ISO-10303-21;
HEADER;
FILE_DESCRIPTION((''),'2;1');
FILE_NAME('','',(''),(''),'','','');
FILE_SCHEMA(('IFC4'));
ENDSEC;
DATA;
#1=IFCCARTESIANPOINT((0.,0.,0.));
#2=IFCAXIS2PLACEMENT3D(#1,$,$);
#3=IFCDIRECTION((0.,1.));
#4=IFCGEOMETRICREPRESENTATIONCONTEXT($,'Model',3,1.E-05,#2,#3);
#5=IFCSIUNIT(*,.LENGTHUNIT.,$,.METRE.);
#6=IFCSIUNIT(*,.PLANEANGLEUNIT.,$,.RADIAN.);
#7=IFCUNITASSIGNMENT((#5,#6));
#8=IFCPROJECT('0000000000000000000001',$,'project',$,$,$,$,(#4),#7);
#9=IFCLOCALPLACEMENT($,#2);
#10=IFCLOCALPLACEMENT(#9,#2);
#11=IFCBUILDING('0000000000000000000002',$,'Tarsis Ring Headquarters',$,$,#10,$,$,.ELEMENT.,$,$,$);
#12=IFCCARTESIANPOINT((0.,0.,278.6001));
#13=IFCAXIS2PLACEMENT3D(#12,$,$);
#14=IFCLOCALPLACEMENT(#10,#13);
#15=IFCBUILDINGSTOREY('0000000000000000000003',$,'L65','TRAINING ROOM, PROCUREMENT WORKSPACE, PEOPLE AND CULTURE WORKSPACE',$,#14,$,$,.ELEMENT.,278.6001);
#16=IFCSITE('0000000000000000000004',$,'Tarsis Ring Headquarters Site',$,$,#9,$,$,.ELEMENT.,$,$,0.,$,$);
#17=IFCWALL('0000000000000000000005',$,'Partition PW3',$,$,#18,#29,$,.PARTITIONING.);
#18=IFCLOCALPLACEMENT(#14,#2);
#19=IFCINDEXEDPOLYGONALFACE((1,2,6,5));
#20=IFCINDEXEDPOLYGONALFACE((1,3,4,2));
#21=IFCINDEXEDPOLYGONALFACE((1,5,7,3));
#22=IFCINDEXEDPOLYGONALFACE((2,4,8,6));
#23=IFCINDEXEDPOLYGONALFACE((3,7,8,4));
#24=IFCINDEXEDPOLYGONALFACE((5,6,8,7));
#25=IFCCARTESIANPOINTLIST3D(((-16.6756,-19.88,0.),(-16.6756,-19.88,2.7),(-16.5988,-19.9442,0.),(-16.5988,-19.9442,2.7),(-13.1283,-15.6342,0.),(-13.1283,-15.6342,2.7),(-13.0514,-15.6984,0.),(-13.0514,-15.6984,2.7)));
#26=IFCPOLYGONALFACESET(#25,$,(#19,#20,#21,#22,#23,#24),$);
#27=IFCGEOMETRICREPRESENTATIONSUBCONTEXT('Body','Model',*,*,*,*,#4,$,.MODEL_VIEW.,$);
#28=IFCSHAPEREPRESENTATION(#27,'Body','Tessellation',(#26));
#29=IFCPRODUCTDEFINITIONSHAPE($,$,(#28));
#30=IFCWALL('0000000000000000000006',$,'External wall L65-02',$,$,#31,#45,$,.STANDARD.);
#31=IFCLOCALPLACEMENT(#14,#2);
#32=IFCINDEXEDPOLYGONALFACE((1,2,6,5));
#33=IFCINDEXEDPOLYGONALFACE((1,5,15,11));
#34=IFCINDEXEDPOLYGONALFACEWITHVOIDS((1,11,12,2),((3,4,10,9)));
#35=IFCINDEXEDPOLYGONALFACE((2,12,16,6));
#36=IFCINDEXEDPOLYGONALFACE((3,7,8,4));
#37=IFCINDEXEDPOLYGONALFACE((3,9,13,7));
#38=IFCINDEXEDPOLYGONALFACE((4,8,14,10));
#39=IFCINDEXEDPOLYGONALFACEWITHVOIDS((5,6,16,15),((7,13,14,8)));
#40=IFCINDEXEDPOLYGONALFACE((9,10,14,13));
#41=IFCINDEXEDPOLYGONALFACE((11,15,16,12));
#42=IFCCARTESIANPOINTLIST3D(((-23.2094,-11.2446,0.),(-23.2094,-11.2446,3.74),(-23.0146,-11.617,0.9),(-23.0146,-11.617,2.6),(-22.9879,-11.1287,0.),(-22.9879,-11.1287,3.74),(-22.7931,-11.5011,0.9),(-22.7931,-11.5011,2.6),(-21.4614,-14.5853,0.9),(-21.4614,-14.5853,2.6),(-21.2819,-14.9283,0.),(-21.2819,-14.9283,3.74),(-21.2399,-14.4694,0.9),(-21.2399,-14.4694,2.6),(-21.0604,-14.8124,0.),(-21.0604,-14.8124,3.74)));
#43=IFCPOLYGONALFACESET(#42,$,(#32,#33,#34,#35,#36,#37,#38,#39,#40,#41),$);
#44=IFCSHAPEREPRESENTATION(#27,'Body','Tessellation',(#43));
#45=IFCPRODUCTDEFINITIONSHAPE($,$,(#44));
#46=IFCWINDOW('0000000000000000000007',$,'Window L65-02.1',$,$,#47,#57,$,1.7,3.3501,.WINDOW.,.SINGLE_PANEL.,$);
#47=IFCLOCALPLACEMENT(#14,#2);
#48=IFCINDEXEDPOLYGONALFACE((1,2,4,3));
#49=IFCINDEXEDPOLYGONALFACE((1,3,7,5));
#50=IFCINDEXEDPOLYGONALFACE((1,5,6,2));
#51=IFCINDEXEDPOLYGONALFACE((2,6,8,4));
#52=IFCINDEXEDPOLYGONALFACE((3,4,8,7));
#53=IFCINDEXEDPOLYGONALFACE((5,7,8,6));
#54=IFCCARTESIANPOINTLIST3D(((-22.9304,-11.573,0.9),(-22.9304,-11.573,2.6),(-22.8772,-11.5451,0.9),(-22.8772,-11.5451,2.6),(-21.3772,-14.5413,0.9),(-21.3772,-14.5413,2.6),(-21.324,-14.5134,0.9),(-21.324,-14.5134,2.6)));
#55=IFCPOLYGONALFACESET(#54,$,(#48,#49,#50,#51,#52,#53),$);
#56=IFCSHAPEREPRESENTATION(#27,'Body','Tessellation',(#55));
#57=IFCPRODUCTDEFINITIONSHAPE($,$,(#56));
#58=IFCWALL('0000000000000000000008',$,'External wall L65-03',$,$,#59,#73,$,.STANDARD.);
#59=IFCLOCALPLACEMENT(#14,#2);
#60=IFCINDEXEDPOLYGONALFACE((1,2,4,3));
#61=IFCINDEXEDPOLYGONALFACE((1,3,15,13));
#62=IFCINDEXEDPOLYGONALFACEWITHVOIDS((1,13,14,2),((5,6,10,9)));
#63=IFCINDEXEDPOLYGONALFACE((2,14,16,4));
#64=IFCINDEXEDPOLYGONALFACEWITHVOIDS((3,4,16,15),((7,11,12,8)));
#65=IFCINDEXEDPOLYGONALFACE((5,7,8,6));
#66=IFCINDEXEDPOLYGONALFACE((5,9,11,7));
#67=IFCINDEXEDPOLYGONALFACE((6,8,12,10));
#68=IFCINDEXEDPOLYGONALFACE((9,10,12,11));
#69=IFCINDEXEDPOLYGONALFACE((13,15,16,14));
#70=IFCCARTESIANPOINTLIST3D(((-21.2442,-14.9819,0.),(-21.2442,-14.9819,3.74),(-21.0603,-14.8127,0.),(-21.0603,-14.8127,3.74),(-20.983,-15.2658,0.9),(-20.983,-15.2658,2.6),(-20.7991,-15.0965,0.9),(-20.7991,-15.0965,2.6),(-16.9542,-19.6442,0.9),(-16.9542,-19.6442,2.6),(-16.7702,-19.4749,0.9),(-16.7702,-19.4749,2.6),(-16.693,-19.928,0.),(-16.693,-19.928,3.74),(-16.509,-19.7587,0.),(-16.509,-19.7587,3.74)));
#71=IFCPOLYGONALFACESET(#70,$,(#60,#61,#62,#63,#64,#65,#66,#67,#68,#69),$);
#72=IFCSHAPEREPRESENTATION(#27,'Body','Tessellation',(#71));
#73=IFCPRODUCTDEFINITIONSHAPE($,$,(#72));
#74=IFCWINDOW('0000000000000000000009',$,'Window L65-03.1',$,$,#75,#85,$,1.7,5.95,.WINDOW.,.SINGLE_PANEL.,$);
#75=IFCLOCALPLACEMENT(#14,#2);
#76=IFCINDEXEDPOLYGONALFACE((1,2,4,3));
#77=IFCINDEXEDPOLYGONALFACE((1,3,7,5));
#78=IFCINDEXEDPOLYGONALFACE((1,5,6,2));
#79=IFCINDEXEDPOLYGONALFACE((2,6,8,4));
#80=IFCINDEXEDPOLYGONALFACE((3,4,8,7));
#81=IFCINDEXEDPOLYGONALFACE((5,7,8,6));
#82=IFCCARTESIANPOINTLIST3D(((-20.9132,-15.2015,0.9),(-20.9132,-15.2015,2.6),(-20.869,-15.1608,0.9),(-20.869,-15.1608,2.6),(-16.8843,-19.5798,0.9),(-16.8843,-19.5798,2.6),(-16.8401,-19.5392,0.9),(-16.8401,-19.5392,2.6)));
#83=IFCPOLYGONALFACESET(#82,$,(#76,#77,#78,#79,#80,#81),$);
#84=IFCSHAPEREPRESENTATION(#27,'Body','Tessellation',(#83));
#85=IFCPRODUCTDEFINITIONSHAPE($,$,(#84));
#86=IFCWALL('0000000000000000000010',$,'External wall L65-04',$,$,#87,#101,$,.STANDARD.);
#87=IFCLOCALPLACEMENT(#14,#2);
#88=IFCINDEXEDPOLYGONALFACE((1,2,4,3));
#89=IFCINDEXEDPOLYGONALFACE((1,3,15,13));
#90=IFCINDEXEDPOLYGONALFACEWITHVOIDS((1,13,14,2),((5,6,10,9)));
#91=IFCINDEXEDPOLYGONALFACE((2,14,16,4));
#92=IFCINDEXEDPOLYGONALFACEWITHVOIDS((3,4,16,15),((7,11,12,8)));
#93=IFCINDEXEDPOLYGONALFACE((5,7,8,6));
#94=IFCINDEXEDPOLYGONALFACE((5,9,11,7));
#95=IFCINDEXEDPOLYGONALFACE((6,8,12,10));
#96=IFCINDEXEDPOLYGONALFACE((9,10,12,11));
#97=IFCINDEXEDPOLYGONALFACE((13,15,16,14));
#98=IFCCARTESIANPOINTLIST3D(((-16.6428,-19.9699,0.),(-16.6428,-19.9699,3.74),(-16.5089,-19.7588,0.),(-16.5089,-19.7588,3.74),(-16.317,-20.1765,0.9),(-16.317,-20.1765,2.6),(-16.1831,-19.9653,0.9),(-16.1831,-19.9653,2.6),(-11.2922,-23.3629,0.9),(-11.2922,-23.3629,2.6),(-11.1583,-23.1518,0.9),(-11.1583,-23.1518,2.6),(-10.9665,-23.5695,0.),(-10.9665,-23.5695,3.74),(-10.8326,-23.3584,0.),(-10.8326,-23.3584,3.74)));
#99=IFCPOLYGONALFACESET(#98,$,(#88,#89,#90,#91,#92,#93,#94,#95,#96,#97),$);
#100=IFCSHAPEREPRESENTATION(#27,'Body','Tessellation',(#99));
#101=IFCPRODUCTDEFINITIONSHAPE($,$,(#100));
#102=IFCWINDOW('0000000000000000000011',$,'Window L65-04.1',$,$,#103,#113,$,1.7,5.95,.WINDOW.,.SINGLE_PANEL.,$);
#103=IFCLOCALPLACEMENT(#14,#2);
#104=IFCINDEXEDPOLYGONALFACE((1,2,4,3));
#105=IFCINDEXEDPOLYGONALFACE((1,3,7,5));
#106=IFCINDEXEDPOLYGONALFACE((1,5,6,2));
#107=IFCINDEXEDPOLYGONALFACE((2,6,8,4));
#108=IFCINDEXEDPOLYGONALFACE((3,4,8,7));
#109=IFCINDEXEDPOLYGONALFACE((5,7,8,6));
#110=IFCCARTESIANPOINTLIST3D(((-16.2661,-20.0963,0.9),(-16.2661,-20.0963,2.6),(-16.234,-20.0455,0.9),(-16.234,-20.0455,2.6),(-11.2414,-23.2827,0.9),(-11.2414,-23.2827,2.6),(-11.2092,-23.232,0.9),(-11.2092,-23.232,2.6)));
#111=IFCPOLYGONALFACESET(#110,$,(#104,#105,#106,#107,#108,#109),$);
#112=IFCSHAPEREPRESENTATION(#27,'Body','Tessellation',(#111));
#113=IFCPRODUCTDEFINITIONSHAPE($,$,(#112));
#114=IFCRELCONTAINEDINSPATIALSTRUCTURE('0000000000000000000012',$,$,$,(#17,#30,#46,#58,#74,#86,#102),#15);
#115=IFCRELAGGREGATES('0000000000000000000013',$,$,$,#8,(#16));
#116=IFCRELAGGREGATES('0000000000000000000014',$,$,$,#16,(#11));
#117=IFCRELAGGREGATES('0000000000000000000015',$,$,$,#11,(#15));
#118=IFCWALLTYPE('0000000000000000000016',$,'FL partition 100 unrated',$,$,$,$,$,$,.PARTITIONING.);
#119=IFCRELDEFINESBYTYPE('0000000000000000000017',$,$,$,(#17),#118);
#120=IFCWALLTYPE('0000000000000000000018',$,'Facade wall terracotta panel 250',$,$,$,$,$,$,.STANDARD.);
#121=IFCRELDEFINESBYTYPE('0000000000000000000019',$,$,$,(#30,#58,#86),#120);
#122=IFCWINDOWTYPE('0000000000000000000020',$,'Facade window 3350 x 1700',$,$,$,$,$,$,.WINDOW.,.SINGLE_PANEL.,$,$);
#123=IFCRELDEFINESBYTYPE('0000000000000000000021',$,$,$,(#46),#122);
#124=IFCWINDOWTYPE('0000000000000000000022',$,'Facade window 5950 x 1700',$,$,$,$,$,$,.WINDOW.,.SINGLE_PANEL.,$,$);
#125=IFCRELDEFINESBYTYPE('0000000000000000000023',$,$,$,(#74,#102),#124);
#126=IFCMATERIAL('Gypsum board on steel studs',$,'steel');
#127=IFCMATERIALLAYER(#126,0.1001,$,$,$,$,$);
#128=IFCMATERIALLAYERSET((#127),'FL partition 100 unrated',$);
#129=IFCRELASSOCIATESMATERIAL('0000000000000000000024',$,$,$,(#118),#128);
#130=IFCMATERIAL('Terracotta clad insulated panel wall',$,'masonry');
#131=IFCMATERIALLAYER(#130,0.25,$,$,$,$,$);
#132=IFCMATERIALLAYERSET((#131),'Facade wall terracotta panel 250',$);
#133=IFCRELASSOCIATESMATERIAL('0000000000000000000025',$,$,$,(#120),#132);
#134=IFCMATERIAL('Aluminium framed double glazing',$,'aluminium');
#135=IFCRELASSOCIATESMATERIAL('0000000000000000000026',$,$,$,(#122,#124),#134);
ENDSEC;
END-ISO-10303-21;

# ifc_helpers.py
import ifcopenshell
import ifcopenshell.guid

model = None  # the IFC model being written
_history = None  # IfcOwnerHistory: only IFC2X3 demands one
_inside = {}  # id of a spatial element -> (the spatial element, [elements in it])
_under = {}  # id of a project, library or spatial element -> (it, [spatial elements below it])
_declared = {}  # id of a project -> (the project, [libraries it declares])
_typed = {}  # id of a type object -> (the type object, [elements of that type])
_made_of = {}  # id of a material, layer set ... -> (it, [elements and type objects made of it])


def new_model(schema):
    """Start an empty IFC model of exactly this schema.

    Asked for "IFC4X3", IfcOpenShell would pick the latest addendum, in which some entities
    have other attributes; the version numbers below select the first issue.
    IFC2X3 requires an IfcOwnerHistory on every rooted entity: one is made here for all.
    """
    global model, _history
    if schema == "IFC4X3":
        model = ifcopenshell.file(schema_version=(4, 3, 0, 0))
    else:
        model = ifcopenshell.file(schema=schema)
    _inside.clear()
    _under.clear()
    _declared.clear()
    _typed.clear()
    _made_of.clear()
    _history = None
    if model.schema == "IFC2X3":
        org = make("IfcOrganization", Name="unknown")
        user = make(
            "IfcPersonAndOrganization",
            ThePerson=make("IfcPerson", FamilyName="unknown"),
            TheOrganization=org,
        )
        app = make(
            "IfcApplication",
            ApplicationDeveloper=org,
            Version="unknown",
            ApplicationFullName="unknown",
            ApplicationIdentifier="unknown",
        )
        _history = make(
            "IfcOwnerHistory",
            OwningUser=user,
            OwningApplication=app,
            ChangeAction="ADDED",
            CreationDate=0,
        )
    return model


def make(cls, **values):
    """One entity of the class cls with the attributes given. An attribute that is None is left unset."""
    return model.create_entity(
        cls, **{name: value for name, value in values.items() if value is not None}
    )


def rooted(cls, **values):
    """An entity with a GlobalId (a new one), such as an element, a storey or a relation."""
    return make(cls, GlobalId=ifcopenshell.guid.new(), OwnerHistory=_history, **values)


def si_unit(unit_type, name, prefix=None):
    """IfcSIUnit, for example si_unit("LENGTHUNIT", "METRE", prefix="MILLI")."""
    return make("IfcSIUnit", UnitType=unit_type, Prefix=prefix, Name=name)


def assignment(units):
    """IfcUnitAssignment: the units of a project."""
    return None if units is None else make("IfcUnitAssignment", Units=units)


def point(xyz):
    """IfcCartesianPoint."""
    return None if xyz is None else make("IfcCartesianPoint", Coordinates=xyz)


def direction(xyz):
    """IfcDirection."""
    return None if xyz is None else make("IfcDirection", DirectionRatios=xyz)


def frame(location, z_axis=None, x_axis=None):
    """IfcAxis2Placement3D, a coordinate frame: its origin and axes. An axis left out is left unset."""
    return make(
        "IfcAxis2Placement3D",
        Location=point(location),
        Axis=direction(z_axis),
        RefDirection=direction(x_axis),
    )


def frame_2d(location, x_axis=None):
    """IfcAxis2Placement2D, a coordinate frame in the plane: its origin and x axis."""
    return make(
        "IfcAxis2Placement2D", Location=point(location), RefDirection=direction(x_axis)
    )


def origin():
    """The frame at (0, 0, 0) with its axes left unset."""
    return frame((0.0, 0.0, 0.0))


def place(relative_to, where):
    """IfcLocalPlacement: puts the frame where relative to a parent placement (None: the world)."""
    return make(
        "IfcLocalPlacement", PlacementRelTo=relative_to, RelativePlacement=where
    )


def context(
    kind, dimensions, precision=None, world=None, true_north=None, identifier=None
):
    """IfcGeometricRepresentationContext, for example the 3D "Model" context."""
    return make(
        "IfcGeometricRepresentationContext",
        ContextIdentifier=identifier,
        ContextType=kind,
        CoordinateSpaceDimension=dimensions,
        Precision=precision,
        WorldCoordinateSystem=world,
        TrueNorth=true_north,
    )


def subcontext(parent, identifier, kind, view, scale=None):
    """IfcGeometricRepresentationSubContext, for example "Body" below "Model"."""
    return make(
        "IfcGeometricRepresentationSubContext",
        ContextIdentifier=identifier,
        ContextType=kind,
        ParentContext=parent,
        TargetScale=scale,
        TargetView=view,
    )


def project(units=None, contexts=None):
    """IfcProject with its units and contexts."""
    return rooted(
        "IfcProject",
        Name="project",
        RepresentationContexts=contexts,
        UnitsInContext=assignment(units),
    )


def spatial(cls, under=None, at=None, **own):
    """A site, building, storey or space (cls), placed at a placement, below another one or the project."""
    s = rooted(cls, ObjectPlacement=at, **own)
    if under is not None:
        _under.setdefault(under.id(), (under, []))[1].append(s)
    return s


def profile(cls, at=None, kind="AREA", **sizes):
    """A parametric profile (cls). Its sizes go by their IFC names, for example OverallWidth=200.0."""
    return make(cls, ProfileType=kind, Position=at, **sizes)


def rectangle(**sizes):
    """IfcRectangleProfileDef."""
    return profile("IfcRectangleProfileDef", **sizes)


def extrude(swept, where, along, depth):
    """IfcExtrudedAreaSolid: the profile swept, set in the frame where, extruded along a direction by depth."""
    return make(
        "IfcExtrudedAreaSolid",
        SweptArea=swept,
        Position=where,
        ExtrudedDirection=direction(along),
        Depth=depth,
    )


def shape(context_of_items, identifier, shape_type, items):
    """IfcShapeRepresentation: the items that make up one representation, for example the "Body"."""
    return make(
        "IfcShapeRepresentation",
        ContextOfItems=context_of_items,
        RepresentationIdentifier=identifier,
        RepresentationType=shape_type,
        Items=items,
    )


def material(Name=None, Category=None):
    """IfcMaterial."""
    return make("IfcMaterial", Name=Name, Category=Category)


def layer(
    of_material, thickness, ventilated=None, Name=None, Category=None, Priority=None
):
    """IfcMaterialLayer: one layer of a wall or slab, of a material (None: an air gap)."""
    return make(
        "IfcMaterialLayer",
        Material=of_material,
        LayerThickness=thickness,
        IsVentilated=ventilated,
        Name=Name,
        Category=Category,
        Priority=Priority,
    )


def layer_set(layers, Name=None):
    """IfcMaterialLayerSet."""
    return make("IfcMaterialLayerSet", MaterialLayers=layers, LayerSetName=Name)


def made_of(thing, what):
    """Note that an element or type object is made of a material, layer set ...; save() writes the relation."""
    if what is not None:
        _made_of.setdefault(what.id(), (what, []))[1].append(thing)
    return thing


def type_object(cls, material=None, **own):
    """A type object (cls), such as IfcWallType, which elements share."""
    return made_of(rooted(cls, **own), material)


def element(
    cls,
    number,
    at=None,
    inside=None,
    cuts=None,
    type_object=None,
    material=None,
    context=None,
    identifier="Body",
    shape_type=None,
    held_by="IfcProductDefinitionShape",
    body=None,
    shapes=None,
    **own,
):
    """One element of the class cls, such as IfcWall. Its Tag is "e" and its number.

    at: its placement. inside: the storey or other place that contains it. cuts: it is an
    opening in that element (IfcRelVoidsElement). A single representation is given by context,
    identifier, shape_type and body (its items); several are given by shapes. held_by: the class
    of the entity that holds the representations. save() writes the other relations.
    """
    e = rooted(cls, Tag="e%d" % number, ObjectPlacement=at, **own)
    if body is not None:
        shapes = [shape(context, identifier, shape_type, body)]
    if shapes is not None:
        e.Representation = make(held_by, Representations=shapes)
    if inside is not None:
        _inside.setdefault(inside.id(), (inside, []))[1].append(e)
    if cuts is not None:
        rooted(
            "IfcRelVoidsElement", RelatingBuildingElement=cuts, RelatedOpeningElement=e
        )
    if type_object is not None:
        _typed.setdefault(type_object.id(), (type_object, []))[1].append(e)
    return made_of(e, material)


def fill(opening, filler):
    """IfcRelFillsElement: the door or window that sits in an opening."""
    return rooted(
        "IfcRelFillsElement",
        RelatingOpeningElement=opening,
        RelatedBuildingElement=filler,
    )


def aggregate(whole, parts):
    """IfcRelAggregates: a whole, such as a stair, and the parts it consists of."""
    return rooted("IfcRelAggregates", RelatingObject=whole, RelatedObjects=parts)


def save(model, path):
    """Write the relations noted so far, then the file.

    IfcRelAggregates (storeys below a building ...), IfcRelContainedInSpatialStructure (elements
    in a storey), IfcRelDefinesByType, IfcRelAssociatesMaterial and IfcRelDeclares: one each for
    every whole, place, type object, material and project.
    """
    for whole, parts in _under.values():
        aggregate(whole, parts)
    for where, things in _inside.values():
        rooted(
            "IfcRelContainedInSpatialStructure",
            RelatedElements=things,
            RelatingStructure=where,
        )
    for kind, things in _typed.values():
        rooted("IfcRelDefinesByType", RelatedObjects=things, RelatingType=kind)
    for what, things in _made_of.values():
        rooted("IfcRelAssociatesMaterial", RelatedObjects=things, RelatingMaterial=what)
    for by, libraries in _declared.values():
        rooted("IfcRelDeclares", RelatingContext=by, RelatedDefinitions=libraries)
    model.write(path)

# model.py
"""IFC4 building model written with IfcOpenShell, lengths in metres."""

from ifc_helpers import new_model, si_unit, direction, frame, frame_2d, origin, place, context, subcontext, project, spatial, rectangle, extrude, material, layer, layer_set, type_object, element, fill, save


model = new_model("IFC4")

# Units and contexts
model_context = context("Model", 3, precision=1e-05, world=origin(), true_north=direction((0.0, 1.0)))
body_context = subcontext(model_context, "Body", "Model", "MODEL_VIEW")
ifc_project = project(units=[si_unit("LENGTHUNIT", "METRE"), si_unit("PLANEANGLEUNIT", "RADIAN")], contexts=[model_context])

# Site, building, storey
site_placement = place(None, origin())
site = spatial("IfcSite", under=ifc_project, at=site_placement, Name="Tarsis Ring Headquarters Site", CompositionType="ELEMENT", RefElevation=0.0)
building_placement = place(site_placement, origin())
building = spatial("IfcBuilding", under=site, at=building_placement, Name="Tarsis Ring Headquarters", CompositionType="ELEMENT")
storey_placement = place(building_placement, frame((0.0, 0.0, 278.6001)))
storey = spatial("IfcBuildingStorey", under=building, at=storey_placement, Name="L65", Description="TRAINING ROOM, PROCUREMENT WORKSPACE, PEOPLE AND CULTURE WORKSPACE", CompositionType="ELEMENT", Elevation=278.6001)

# Wall
ifc_material_1 = material(Name="Gypsum board on steel studs", Category="steel")
ifc_layer_1 = layer(ifc_material_1, 0.1001)
ifc_layer_set_1 = layer_set([ifc_layer_1], Name="FL partition 100 unrated")
wall_type_1 = type_object("IfcWallType", Name="FL partition 100 unrated", PredefinedType="PARTITIONING", material=ifc_layer_set_1)
wall_1_placement = place(storey_placement, frame((-16.6372, -19.9121, 0.0), z_axis=(0.0, 0.0, 1.0), x_axis=(0.64116, 0.767407, 0.0)))
element("IfcWall", 1, at=wall_1_placement, inside=storey, type_object=wall_type_1, Name="Partition PW3", PredefinedType="PARTITIONING", context=body_context, shape_type="SweptSolid", body=[
    extrude(rectangle(XDim=5.5327, YDim=0.1001, at=frame_2d((2.7664, 0.0))), origin(), (0.0, 0.0, 1.0), 2.7),
])

# Walls, openings, windows
ifc_material_2 = material(Name="Terracotta clad insulated panel wall", Category="masonry")
ifc_layer_2 = layer(ifc_material_2, 0.25)
ifc_layer_set_2 = layer_set([ifc_layer_2], Name="Facade wall terracotta panel 250")
wall_type_2 = type_object("IfcWallType", Name="Facade wall terracotta panel 250", PredefinedType="STANDARD", material=ifc_layer_set_2)
wall_2_placement = place(storey_placement, frame((-23.0986, -11.1868, 0.0), z_axis=(0.0, 0.0, 1.0), x_axis=(0.463627, -0.88603, 0.0)))
wall_2 = element("IfcWall", 2, at=wall_2_placement, inside=storey, type_object=wall_type_2, Name="External wall L65-02", PredefinedType="STANDARD", context=body_context, shape_type="SweptSolid", body=[
    extrude(rectangle(XDim=4.1575, YDim=0.25, at=frame_2d((2.0786, 0.0))), origin(), (0.0, 0.0, 1.0), 3.74),
])
opening_1_placement = place(wall_2_placement, frame((0.4202, 0.0, 0.8999)))
opening_1 = element("IfcOpeningElement", 3, at=opening_1_placement, cuts=wall_2, PredefinedType="OPENING", context=body_context, shape_type="SweptSolid", body=[
    extrude(rectangle(XDim=3.3501, YDim=1.7, at=frame_2d((1.675, 0.8501))), frame((0.0, 0.135, 0.0), z_axis=(0.0, -1.0, 0.0), x_axis=(1.0, 0.0, 0.0)), (0.0, 0.0, 1.0), 0.27),
])
ifc_material_3 = material(Name="Aluminium framed double glazing", Category="aluminium")
window_type_1 = type_object("IfcWindowType", Name="Facade window 3350 x 1700", PartitioningType="SINGLE_PANEL", PredefinedType="WINDOW", material=ifc_material_3)
window_1_placement = place(opening_1_placement, origin())
window_1 = element("IfcWindow", 4, at=window_1_placement, inside=storey, type_object=window_type_1, Name="Window L65-02.1", OverallHeight=1.7, OverallWidth=3.3501, PartitioningType="SINGLE_PANEL", PredefinedType="WINDOW", context=body_context, shape_type="SweptSolid", body=[
    extrude(rectangle(XDim=3.3501, YDim=1.7, at=frame_2d((1.675, 0.8501))), frame((0.0, 0.03, 0.0), z_axis=(0.0, -1.0, 0.0), x_axis=(1.0, 0.0, 0.0)), (0.0, 0.0, 1.0), 0.0601),
])
fill(opening_1, window_1)
wall_3_placement = place(storey_placement, frame((-21.1523, -14.8972, 0.0), z_axis=(0.0, 0.0, 1.0), x_axis=(0.67713, -0.735864, 0.0)))
wall_3 = element("IfcWall", 5, at=wall_3_placement, inside=storey, type_object=wall_type_2, Name="External wall L65-03", PredefinedType="STANDARD", context=body_context, shape_type="SweptSolid", body=[
    extrude(rectangle(XDim=6.7214, YDim=0.25, at=frame_2d((3.3608, 0.0))), origin(), (0.0, 0.0, 1.0), 3.74),
])
opening_2_placement = place(wall_3_placement, frame((0.3857, 0.0, 0.8999)))
opening_2 = element("IfcOpeningElement", 6, at=opening_2_placement, cuts=wall_3, PredefinedType="OPENING", context=body_context, shape_type="SweptSolid", body=[
    extrude(rectangle(XDim=5.95, YDim=1.7, at=frame_2d((2.9751, 0.8501))), frame((0.0, 0.135, 0.0), z_axis=(0.0, -1.0, 0.0), x_axis=(1.0, 0.0, 0.0)), (0.0, 0.0, 1.0), 0.27),
])
window_type_2 = type_object("IfcWindowType", Name="Facade window 5950 x 1700", PartitioningType="SINGLE_PANEL", PredefinedType="WINDOW", material=ifc_material_3)
window_2_placement = place(opening_2_placement, origin())
window_2 = element("IfcWindow", 7, at=window_2_placement, inside=storey, type_object=window_type_2, Name="Window L65-03.1", OverallHeight=1.7, OverallWidth=5.95, PartitioningType="SINGLE_PANEL", PredefinedType="WINDOW", context=body_context, shape_type="SweptSolid", body=[
    extrude(rectangle(XDim=5.95, YDim=1.7, at=frame_2d((2.9751, 0.8501))), frame((0.0, 0.03, 0.0), z_axis=(0.0, -1.0, 0.0), x_axis=(1.0, 0.0, 0.0)), (0.0, 0.0, 1.0), 0.0601),
])
fill(opening_2, window_2)
wall_4_placement = place(storey_placement, frame((-16.5759, -19.8643, 0.0), z_axis=(0.0, 0.0, 1.0), x_axis=(0.844507, -0.535545, 0.0)))
wall_4 = element("IfcWall", 8, at=wall_4_placement, inside=storey, type_object=wall_type_2, Name="External wall L65-04", PredefinedType="STANDARD", context=body_context, shape_type="SweptSolid", body=[
    extrude(rectangle(XDim=6.7214, YDim=0.25, at=frame_2d((3.3608, 0.0))), origin(), (0.0, 0.0, 1.0), 3.74),
])
opening_3_placement = place(wall_4_placement, frame((0.3857, 0.0, 0.8999)))
opening_3 = element("IfcOpeningElement", 9, at=opening_3_placement, cuts=wall_4, PredefinedType="OPENING", context=body_context, shape_type="SweptSolid", body=[
    extrude(rectangle(XDim=5.95, YDim=1.7, at=frame_2d((2.9751, 0.8501))), frame((0.0, 0.135, 0.0), z_axis=(0.0, -1.0, 0.0), x_axis=(1.0, 0.0, 0.0)), (0.0, 0.0, 1.0), 0.27),
])
window_3_placement = place(opening_3_placement, origin())
window_3 = element("IfcWindow", 10, at=window_3_placement, inside=storey, type_object=window_type_2, Name="Window L65-04.1", OverallHeight=1.7, OverallWidth=5.95, PartitioningType="SINGLE_PANEL", PredefinedType="WINDOW", context=body_context, shape_type="SweptSolid", body=[
    extrude(rectangle(XDim=5.95, YDim=1.7, at=frame_2d((2.9751, 0.8501))), frame((0.0, 0.03, 0.0), z_axis=(0.0, -1.0, 0.0), x_axis=(1.0, 0.0, 0.0)), (0.0, 0.0, 1.0), 0.0601),
])
fill(opening_3, window_3)

save(model, "model.ifc")
